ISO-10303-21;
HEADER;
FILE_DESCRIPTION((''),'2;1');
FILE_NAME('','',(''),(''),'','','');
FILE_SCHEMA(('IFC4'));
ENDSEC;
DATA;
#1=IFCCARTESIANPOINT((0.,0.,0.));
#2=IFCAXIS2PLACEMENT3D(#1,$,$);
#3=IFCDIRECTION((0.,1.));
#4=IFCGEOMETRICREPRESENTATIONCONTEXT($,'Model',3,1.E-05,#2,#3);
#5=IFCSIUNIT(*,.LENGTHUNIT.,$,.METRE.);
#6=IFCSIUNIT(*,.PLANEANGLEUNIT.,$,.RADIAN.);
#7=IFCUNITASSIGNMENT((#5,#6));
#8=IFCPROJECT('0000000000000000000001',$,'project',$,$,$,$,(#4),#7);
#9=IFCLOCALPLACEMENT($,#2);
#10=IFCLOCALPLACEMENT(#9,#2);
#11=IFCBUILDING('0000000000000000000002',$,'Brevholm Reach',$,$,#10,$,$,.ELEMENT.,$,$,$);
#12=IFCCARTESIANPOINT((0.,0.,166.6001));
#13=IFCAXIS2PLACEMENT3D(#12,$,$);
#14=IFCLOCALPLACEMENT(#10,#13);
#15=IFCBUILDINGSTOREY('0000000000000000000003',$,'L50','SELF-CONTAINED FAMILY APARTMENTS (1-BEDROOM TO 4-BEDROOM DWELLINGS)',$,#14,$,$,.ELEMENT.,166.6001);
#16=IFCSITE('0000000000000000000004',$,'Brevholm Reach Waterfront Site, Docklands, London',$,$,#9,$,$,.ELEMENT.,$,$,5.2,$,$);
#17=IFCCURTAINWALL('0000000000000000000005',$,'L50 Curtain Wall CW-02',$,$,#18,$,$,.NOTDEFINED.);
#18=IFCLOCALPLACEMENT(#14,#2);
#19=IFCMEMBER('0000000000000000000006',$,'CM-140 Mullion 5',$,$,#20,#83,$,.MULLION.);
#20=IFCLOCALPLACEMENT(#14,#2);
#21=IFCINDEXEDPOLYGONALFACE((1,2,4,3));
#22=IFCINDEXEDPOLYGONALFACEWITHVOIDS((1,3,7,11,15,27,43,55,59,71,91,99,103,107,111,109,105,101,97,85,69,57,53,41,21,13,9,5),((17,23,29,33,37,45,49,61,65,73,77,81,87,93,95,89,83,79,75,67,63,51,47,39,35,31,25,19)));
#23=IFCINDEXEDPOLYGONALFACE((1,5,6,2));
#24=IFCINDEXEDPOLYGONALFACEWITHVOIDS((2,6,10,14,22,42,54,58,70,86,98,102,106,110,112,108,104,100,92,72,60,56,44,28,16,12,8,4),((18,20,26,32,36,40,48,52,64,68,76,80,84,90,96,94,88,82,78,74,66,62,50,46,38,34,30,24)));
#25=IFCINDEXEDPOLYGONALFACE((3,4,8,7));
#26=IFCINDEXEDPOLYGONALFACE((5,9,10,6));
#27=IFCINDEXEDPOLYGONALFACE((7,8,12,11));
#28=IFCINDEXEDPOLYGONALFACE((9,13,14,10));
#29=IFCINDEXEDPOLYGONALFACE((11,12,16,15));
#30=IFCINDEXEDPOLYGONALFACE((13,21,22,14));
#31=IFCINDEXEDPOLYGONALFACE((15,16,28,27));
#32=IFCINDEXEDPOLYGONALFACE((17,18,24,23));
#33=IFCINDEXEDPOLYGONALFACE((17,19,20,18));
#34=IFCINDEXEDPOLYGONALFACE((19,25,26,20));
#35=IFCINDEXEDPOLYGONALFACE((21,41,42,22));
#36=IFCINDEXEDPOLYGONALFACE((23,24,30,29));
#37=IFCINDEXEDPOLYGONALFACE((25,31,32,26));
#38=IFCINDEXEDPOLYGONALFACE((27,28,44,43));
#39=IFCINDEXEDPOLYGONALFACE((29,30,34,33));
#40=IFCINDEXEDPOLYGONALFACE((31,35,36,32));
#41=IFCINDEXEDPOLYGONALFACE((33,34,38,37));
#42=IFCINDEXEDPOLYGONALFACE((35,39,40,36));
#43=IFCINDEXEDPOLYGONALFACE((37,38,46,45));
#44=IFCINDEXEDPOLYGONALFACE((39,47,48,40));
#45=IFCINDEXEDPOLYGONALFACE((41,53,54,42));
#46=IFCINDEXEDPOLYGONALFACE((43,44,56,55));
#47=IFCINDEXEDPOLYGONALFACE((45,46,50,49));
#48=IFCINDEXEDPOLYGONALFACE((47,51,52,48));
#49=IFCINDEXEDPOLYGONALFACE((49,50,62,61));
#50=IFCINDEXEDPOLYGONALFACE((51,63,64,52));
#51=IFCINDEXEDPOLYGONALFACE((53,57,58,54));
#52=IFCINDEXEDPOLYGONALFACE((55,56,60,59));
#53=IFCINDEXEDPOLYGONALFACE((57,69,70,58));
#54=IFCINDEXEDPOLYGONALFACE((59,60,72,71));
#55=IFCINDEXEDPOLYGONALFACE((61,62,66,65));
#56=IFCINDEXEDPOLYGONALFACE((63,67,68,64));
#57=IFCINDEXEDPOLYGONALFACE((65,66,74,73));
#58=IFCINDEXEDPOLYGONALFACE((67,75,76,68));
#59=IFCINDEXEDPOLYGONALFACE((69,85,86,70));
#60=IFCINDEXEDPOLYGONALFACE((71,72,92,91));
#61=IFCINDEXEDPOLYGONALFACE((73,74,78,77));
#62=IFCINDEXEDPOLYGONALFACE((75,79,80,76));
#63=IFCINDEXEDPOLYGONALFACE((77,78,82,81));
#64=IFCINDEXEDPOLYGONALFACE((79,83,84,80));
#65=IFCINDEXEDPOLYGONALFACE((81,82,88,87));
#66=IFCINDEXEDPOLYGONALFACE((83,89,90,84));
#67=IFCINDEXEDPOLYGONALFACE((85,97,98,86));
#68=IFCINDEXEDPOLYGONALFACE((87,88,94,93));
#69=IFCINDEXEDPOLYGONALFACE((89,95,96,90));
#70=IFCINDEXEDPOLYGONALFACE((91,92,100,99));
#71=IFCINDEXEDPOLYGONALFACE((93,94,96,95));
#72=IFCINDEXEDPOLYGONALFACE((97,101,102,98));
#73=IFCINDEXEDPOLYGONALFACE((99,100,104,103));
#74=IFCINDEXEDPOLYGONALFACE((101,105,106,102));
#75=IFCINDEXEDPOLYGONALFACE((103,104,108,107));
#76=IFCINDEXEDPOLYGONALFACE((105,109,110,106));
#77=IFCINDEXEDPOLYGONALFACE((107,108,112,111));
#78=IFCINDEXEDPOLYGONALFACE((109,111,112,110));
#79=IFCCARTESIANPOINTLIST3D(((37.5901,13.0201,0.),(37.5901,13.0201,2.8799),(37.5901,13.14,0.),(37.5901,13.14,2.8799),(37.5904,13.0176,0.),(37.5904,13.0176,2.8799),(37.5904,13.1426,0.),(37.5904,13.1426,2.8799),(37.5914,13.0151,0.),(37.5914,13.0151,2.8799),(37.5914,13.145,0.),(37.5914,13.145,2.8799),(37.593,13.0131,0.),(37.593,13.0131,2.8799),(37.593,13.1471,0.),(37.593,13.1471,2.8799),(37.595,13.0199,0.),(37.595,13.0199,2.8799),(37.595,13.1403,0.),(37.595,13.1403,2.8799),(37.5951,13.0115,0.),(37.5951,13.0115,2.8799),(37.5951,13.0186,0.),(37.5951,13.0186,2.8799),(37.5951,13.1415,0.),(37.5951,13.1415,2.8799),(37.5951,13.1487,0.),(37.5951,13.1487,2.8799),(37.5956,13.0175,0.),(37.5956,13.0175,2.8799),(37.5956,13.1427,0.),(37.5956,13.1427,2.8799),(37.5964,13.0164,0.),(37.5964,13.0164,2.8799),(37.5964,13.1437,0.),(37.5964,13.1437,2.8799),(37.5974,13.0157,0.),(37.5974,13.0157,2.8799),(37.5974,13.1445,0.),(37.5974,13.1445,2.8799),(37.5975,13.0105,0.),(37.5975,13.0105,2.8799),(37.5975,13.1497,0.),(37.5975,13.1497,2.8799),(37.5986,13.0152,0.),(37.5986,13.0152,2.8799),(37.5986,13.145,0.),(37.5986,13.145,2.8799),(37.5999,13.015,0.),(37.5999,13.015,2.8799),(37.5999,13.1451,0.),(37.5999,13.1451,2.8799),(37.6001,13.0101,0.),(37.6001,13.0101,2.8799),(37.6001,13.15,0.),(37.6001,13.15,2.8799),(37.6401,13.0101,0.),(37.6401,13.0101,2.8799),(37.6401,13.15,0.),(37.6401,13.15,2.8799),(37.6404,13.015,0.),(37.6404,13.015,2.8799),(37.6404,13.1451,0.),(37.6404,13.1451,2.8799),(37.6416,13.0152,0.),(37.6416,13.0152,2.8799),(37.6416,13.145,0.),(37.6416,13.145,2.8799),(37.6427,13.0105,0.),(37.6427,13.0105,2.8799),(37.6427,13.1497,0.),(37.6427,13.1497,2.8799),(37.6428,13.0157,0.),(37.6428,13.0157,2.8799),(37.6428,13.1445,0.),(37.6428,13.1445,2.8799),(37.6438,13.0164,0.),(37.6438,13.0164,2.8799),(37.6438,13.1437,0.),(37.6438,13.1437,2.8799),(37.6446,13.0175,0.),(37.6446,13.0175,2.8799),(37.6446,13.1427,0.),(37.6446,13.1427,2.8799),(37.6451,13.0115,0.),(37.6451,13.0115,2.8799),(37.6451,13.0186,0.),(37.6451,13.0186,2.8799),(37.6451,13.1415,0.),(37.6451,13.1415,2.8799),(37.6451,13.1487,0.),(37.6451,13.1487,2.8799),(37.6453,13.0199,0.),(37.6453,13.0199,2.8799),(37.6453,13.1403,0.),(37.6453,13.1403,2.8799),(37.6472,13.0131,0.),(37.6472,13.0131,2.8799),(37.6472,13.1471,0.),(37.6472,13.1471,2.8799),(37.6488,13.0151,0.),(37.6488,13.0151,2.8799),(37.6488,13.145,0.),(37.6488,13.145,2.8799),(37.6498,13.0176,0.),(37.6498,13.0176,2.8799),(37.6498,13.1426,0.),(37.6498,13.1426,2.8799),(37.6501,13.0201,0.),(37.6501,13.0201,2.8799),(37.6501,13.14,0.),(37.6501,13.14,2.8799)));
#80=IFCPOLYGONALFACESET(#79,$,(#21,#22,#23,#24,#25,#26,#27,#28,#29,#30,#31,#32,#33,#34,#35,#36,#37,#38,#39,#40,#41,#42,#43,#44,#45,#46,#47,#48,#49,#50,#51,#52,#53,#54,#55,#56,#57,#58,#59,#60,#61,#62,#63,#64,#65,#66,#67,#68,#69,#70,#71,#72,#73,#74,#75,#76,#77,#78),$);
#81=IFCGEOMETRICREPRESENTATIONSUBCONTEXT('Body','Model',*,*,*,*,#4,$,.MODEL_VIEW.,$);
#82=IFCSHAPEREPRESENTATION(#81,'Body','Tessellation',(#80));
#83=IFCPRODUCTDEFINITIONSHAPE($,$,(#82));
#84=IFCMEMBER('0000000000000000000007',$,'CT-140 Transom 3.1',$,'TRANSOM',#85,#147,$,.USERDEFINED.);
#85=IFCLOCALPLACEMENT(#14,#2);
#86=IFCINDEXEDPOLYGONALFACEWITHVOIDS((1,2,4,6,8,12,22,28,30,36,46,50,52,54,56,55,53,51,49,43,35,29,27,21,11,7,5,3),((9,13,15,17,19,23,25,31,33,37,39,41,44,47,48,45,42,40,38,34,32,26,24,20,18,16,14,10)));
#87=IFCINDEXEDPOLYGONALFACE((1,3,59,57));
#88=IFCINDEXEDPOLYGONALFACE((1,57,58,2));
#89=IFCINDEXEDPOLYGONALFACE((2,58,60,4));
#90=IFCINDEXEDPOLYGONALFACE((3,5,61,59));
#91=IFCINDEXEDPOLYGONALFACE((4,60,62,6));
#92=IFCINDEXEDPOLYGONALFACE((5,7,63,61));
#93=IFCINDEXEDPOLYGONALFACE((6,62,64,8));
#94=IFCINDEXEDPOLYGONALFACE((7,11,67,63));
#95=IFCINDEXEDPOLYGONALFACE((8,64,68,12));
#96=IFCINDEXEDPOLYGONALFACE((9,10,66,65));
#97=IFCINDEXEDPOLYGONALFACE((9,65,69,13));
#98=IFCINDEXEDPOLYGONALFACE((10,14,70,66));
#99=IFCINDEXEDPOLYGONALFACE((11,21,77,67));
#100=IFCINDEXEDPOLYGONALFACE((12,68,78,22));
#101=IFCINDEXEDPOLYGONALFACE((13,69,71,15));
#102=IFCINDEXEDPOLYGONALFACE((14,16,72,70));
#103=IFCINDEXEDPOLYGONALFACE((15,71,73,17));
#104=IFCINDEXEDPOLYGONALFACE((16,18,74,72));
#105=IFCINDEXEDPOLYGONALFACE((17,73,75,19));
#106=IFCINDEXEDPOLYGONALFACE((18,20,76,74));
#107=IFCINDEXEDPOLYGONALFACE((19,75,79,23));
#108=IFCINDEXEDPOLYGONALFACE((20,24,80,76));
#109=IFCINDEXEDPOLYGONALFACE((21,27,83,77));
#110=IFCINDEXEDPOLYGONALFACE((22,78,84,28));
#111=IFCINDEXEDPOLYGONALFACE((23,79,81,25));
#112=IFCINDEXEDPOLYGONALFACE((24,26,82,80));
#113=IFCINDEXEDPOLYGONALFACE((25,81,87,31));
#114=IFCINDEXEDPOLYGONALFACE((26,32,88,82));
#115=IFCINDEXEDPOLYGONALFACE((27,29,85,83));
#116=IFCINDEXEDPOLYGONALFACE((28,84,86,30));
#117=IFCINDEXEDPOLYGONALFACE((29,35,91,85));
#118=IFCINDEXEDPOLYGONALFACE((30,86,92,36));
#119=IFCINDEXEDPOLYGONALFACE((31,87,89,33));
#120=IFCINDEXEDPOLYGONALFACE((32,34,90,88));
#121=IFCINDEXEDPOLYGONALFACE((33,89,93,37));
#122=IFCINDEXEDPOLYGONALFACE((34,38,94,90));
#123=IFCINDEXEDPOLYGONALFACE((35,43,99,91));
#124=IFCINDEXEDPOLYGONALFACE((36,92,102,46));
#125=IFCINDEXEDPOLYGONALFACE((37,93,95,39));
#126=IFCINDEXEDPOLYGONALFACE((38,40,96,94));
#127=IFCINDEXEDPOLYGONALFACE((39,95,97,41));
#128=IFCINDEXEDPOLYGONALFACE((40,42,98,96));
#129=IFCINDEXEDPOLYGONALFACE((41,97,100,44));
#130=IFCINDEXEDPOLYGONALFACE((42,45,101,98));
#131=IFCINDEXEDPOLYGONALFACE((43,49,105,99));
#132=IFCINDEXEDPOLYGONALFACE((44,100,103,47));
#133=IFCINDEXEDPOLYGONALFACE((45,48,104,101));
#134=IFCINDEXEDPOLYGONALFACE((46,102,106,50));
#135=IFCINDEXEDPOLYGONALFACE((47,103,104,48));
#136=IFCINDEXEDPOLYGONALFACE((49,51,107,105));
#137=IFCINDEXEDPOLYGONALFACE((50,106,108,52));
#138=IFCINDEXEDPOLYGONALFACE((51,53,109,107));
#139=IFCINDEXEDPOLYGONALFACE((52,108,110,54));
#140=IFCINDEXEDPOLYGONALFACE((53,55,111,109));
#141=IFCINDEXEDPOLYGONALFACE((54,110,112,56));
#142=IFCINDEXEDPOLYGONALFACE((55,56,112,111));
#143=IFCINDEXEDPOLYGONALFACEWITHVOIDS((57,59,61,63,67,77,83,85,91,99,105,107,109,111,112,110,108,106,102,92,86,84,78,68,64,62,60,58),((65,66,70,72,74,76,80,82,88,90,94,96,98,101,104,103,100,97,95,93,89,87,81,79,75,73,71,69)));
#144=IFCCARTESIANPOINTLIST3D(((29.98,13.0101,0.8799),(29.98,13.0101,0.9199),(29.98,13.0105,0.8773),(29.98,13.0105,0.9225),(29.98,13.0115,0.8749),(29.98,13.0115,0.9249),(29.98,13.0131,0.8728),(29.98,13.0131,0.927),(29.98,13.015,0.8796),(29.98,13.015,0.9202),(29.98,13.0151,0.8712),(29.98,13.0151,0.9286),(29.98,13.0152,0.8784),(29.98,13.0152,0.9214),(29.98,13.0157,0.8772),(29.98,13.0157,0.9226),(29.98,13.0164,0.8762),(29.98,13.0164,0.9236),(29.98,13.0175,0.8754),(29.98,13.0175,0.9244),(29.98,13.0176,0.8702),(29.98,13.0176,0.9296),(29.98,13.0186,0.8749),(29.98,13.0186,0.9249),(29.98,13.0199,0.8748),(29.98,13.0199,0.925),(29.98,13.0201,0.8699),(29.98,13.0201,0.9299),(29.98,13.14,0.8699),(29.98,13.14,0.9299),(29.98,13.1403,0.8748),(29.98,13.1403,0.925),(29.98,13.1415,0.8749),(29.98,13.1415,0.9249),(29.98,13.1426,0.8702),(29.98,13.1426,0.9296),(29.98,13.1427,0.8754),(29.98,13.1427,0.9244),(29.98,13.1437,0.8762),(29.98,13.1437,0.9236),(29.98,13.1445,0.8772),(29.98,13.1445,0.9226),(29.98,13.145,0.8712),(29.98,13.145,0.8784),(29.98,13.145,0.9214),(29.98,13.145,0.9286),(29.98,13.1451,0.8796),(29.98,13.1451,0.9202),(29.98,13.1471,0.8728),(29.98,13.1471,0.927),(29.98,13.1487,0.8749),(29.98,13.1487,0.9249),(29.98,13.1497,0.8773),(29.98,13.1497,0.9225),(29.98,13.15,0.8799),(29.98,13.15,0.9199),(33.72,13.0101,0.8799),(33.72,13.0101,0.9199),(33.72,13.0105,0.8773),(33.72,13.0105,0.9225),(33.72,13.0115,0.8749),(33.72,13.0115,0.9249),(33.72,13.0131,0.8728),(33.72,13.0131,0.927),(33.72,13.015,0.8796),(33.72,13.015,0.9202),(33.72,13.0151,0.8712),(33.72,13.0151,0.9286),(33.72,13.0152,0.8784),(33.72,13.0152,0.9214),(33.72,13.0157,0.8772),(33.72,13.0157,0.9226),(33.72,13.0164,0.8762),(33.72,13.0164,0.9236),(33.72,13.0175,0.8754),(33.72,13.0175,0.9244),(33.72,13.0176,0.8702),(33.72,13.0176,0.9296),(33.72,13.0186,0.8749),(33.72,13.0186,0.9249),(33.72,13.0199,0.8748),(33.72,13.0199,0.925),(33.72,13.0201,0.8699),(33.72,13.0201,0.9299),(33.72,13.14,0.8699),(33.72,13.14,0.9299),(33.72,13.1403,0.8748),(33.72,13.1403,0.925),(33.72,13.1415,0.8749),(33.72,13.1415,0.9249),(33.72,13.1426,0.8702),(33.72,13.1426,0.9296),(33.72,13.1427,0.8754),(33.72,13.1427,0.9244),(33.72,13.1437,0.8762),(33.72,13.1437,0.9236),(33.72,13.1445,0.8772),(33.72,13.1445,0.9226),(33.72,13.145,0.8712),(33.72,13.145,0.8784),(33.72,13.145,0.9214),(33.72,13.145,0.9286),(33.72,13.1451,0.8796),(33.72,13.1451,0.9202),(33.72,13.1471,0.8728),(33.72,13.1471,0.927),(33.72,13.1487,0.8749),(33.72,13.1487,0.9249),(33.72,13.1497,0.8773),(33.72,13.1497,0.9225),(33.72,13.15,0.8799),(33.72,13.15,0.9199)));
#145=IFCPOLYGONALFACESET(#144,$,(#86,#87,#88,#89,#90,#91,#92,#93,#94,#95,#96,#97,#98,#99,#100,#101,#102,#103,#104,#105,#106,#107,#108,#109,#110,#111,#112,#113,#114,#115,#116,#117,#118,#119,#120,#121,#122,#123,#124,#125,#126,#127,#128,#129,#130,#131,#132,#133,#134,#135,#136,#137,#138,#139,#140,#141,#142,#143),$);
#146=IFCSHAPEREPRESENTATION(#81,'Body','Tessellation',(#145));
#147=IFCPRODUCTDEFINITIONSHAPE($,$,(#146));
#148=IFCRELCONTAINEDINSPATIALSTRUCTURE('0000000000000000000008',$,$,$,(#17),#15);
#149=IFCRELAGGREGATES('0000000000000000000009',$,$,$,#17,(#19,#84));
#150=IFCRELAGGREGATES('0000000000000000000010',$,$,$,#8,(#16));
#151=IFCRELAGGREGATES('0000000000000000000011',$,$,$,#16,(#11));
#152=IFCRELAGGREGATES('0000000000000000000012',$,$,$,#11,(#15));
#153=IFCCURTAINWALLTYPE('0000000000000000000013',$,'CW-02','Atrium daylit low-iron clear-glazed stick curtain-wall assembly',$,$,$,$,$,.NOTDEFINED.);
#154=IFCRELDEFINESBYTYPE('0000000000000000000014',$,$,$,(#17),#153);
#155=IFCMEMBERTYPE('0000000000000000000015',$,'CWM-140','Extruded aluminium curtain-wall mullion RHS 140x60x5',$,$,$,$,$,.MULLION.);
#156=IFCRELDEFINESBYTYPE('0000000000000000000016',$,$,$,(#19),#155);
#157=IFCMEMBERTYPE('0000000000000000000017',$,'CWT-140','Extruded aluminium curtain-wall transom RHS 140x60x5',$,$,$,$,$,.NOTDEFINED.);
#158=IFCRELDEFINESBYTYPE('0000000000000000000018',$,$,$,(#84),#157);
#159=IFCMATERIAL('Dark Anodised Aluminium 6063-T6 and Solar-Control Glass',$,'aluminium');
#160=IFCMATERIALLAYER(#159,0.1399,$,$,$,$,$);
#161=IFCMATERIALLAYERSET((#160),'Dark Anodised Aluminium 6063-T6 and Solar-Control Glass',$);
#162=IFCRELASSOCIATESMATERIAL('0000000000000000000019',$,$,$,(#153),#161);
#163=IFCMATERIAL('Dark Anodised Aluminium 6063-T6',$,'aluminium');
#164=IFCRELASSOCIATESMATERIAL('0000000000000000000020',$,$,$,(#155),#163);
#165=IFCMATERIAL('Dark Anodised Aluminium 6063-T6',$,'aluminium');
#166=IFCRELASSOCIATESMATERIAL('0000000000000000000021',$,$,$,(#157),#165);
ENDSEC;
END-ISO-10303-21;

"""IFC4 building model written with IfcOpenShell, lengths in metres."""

from ifc_helpers import new_model, si_unit, direction, frame, origin, origin_2d, place, context, subcontext, project, spatial, hollow_rectangle, extrude, material, layer, layer_set, material_profile, profile_set, type_object, element, aggregate, save


model = new_model("IFC4")

# Units and contexts
model_context = context("Model", 3, precision=1e-05, world=origin(), true_north=direction((0.0, 1.0)))
body_context = subcontext(model_context, "Body", "Model", "MODEL_VIEW")
ifc_project = project(units=[si_unit("LENGTHUNIT", "METRE"), si_unit("PLANEANGLEUNIT", "RADIAN")], contexts=[model_context])

# Site, building, storey
site_placement = place(None, origin())
site = spatial("IfcSite", under=ifc_project, at=site_placement, Name="Brevholm Reach Waterfront Site, Docklands, London", CompositionType="ELEMENT", RefElevation=5.2)
building_placement = place(site_placement, origin())
building = spatial("IfcBuilding", under=site, at=building_placement, Name="Brevholm Reach", CompositionType="ELEMENT")
storey_placement = place(building_placement, frame((0.0, 0.0, 166.6001)))
storey = spatial("IfcBuildingStorey", under=building, at=storey_placement, Name="L50", Description="SELF-CONTAINED FAMILY APARTMENTS (1-BEDROOM TO 4-BEDROOM DWELLINGS)", CompositionType="ELEMENT", Elevation=166.6001)

# Curtain wall, members
ifc_material_1 = material(Name="Dark Anodised Aluminium 6063-T6 and Solar-Control Glass", Category="aluminium")
ifc_layer_1 = layer(ifc_material_1, 0.1399)
ifc_layer_set_1 = layer_set([ifc_layer_1], Name="Dark Anodised Aluminium 6063-T6 and Solar-Control Glass")
curtain_wall_type = type_object("IfcCurtainWallType", Name="CW-02", Description="Atrium daylit low-iron clear-glazed stick curtain-wall assembly", PredefinedType="NOTDEFINED", material=ifc_layer_set_1)
curtain_wall_placement = place(storey_placement, origin())
curtain_wall = element("IfcCurtainWall", 1, at=curtain_wall_placement, inside=storey, type_object=curtain_wall_type, Name="L50 Curtain Wall CW-02", PredefinedType="NOTDEFINED")
ifc_material_2 = material(Name="Dark Anodised Aluminium 6063-T6", Category="aluminium")
ifc_material_profile_1 = material_profile(ifc_material_2, hollow_rectangle(XDim=0.0601, YDim=0.1399, WallThickness=0.0049, InnerFilletRadius=0.0049, OuterFilletRadius=0.01, at=origin_2d()), Name="RHS 140x60x5")
ifc_profile_set_1 = profile_set([ifc_material_profile_1], Name="Dark Anodised Aluminium 6063-T6")
member_type_1 = type_object("IfcMemberType", Name="CWM-140", Description="Extruded aluminium curtain-wall mullion RHS 140x60x5", PredefinedType="MULLION", material=ifc_profile_set_1)
member_1_placement = place(storey_placement, frame((37.6201, 13.0801, 0.0), z_axis=(0.0, 0.0, 1.0), x_axis=(1.0, 0.0, 0.0)))
member_1 = element("IfcMember", 2, at=member_1_placement, type_object=member_type_1, Name="CM-140 Mullion 5", PredefinedType="MULLION", context=body_context, shape_type="SweptSolid", body=[
    extrude(hollow_rectangle(XDim=0.0601, YDim=0.1399, WallThickness=0.0049, InnerFilletRadius=0.0049, OuterFilletRadius=0.01, at=origin_2d()), origin(), (0.0, 0.0, 1.0), 2.8799),
])
ifc_material_3 = material(Name="Dark Anodised Aluminium 6063-T6", Category="aluminium")
ifc_material_profile_2 = material_profile(ifc_material_3, hollow_rectangle(XDim=0.0601, YDim=0.1399, WallThickness=0.0049, InnerFilletRadius=0.0049, OuterFilletRadius=0.01, at=origin_2d()), Name="RHS 140x60x5")
ifc_profile_set_2 = profile_set([ifc_material_profile_2], Name="Dark Anodised Aluminium 6063-T6")
member_type_2 = type_object("IfcMemberType", Name="CWT-140", Description="Extruded aluminium curtain-wall transom RHS 140x60x5", PredefinedType="NOTDEFINED", material=ifc_profile_set_2)
member_2_placement = place(storey_placement, frame((29.98, 13.0801, 0.8999), z_axis=(1.0, 0.0, 0.0), x_axis=(0.0, 0.0, 1.0)))
member_2 = element("IfcMember", 3, at=member_2_placement, type_object=member_type_2, Name="CT-140 Transom 3.1", ObjectType="TRANSOM", PredefinedType="USERDEFINED", context=body_context, shape_type="SweptSolid", body=[
    extrude(hollow_rectangle(XDim=0.0601, YDim=0.1399, WallThickness=0.0049, InnerFilletRadius=0.0049, OuterFilletRadius=0.01, at=origin_2d()), origin(), (0.0, 0.0, 1.0), 3.74),
])
aggregate(curtain_wall, [member_1, member_2])

save(model, "model.ifc")
